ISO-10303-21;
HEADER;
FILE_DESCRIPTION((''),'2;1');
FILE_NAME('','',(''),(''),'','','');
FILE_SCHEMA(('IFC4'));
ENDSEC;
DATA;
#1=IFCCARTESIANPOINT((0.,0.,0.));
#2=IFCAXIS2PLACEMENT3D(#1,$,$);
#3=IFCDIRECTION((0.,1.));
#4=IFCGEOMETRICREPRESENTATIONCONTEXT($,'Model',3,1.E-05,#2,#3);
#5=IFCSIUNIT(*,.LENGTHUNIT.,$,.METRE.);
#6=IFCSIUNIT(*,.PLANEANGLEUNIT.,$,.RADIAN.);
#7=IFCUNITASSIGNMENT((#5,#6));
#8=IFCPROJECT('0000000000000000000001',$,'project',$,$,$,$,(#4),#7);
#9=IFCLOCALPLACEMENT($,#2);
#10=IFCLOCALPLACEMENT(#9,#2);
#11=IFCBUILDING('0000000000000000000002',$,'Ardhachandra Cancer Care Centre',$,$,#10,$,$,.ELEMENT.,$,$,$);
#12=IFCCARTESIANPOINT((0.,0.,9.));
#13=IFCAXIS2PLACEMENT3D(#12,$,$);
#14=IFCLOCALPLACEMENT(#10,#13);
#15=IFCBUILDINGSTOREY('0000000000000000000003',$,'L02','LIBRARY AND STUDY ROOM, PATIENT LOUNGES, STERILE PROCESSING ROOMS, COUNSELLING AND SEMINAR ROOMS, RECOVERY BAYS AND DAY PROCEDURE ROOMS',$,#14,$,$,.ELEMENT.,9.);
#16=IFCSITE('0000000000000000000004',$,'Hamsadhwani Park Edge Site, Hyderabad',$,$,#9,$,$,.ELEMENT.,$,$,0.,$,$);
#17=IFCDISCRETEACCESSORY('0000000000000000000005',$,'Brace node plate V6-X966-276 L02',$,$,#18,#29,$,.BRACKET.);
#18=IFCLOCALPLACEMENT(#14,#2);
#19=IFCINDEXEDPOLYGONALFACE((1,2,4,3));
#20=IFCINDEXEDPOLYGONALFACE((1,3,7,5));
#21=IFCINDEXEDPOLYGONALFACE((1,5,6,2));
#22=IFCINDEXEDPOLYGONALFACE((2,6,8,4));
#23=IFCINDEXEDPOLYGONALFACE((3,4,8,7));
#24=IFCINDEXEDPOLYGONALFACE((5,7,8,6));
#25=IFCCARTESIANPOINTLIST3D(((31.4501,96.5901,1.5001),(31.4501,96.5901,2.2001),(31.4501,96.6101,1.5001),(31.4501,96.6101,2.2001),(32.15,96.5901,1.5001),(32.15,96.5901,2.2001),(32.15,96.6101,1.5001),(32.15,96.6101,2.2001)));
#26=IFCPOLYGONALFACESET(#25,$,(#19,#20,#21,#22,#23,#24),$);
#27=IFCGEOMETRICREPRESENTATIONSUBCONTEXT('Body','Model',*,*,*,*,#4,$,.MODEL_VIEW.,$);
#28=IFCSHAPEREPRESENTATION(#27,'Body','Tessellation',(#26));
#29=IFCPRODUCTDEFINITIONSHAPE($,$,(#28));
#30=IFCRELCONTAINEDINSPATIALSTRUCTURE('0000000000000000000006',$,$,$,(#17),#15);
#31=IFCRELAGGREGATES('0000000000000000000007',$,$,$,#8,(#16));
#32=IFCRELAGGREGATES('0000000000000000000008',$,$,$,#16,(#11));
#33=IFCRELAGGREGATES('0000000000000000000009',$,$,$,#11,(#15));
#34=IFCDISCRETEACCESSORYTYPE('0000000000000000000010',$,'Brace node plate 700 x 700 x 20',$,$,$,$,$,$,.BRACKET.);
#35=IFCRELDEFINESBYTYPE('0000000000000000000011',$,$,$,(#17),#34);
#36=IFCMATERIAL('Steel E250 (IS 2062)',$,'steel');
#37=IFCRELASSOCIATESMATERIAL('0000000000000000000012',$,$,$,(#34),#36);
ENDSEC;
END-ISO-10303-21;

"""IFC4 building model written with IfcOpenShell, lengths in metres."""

from ifc_helpers import new_model, si_unit, direction, frame, origin, origin_2d, place, context, subcontext, project, spatial, rectangle, extrude, material, material_profile, profile_set, type_object, element, save


model = new_model("IFC4")

# Units and contexts
model_context = context("Model", 3, precision=1e-05, world=origin(), true_north=direction((0.0, 1.0)))
body_context = subcontext(model_context, "Body", "Model", "MODEL_VIEW")
ifc_project = project(units=[si_unit("LENGTHUNIT", "METRE"), si_unit("PLANEANGLEUNIT", "RADIAN")], contexts=[model_context])

# Site, building, storey
site_placement = place(None, origin())
site = spatial("IfcSite", under=ifc_project, at=site_placement, Name="Hamsadhwani Park Edge Site, Hyderabad", CompositionType="ELEMENT", RefElevation=0.0)
building_placement = place(site_placement, origin())
building = spatial("IfcBuilding", under=site, at=building_placement, Name="Ardhachandra Cancer Care Centre", CompositionType="ELEMENT")
storey_placement = place(building_placement, frame((0.0, 0.0, 9.0)))
storey = spatial("IfcBuildingStorey", under=building, at=storey_placement, Name="L02", Description="LIBRARY AND STUDY ROOM, PATIENT LOUNGES, STERILE PROCESSING ROOMS, COUNSELLING AND SEMINAR ROOMS, RECOVERY BAYS AND DAY PROCEDURE ROOMS", CompositionType="ELEMENT", Elevation=9.0)

# Discrete accessory
ifc_material_1 = material(Name="Steel E250 (IS 2062)", Category="steel")
ifc_material_profile_1 = material_profile(ifc_material_1, rectangle(XDim=0.7, YDim=0.7, at=origin_2d()), Name="PL 700x700x20")
ifc_profile_set_1 = profile_set([ifc_material_profile_1], Name="Steel E250 (IS 2062)")
discrete_accessory_type_1 = type_object("IfcDiscreteAccessoryType", Name="Brace node plate 700 x 700 x 20", PredefinedType="BRACKET", material=ifc_profile_set_1)
discrete_accessory_1_placement = place(storey_placement, frame((31.8, 96.5901, 1.8501), z_axis=(0.0, 1.0, 0.0), x_axis=(-1.0, 0.0, 0.0)))
element("IfcDiscreteAccessory", 1, at=discrete_accessory_1_placement, inside=storey, type_object=discrete_accessory_type_1, Name="Brace node plate V6-X966-276 L02", PredefinedType="BRACKET", context=body_context, shape_type="SweptSolid", body=[
    extrude(rectangle(XDim=0.7, YDim=0.7, at=origin_2d()), origin(), (0.0, 0.0, 1.0), 0.02),
])

save(model, "model.ifc")
